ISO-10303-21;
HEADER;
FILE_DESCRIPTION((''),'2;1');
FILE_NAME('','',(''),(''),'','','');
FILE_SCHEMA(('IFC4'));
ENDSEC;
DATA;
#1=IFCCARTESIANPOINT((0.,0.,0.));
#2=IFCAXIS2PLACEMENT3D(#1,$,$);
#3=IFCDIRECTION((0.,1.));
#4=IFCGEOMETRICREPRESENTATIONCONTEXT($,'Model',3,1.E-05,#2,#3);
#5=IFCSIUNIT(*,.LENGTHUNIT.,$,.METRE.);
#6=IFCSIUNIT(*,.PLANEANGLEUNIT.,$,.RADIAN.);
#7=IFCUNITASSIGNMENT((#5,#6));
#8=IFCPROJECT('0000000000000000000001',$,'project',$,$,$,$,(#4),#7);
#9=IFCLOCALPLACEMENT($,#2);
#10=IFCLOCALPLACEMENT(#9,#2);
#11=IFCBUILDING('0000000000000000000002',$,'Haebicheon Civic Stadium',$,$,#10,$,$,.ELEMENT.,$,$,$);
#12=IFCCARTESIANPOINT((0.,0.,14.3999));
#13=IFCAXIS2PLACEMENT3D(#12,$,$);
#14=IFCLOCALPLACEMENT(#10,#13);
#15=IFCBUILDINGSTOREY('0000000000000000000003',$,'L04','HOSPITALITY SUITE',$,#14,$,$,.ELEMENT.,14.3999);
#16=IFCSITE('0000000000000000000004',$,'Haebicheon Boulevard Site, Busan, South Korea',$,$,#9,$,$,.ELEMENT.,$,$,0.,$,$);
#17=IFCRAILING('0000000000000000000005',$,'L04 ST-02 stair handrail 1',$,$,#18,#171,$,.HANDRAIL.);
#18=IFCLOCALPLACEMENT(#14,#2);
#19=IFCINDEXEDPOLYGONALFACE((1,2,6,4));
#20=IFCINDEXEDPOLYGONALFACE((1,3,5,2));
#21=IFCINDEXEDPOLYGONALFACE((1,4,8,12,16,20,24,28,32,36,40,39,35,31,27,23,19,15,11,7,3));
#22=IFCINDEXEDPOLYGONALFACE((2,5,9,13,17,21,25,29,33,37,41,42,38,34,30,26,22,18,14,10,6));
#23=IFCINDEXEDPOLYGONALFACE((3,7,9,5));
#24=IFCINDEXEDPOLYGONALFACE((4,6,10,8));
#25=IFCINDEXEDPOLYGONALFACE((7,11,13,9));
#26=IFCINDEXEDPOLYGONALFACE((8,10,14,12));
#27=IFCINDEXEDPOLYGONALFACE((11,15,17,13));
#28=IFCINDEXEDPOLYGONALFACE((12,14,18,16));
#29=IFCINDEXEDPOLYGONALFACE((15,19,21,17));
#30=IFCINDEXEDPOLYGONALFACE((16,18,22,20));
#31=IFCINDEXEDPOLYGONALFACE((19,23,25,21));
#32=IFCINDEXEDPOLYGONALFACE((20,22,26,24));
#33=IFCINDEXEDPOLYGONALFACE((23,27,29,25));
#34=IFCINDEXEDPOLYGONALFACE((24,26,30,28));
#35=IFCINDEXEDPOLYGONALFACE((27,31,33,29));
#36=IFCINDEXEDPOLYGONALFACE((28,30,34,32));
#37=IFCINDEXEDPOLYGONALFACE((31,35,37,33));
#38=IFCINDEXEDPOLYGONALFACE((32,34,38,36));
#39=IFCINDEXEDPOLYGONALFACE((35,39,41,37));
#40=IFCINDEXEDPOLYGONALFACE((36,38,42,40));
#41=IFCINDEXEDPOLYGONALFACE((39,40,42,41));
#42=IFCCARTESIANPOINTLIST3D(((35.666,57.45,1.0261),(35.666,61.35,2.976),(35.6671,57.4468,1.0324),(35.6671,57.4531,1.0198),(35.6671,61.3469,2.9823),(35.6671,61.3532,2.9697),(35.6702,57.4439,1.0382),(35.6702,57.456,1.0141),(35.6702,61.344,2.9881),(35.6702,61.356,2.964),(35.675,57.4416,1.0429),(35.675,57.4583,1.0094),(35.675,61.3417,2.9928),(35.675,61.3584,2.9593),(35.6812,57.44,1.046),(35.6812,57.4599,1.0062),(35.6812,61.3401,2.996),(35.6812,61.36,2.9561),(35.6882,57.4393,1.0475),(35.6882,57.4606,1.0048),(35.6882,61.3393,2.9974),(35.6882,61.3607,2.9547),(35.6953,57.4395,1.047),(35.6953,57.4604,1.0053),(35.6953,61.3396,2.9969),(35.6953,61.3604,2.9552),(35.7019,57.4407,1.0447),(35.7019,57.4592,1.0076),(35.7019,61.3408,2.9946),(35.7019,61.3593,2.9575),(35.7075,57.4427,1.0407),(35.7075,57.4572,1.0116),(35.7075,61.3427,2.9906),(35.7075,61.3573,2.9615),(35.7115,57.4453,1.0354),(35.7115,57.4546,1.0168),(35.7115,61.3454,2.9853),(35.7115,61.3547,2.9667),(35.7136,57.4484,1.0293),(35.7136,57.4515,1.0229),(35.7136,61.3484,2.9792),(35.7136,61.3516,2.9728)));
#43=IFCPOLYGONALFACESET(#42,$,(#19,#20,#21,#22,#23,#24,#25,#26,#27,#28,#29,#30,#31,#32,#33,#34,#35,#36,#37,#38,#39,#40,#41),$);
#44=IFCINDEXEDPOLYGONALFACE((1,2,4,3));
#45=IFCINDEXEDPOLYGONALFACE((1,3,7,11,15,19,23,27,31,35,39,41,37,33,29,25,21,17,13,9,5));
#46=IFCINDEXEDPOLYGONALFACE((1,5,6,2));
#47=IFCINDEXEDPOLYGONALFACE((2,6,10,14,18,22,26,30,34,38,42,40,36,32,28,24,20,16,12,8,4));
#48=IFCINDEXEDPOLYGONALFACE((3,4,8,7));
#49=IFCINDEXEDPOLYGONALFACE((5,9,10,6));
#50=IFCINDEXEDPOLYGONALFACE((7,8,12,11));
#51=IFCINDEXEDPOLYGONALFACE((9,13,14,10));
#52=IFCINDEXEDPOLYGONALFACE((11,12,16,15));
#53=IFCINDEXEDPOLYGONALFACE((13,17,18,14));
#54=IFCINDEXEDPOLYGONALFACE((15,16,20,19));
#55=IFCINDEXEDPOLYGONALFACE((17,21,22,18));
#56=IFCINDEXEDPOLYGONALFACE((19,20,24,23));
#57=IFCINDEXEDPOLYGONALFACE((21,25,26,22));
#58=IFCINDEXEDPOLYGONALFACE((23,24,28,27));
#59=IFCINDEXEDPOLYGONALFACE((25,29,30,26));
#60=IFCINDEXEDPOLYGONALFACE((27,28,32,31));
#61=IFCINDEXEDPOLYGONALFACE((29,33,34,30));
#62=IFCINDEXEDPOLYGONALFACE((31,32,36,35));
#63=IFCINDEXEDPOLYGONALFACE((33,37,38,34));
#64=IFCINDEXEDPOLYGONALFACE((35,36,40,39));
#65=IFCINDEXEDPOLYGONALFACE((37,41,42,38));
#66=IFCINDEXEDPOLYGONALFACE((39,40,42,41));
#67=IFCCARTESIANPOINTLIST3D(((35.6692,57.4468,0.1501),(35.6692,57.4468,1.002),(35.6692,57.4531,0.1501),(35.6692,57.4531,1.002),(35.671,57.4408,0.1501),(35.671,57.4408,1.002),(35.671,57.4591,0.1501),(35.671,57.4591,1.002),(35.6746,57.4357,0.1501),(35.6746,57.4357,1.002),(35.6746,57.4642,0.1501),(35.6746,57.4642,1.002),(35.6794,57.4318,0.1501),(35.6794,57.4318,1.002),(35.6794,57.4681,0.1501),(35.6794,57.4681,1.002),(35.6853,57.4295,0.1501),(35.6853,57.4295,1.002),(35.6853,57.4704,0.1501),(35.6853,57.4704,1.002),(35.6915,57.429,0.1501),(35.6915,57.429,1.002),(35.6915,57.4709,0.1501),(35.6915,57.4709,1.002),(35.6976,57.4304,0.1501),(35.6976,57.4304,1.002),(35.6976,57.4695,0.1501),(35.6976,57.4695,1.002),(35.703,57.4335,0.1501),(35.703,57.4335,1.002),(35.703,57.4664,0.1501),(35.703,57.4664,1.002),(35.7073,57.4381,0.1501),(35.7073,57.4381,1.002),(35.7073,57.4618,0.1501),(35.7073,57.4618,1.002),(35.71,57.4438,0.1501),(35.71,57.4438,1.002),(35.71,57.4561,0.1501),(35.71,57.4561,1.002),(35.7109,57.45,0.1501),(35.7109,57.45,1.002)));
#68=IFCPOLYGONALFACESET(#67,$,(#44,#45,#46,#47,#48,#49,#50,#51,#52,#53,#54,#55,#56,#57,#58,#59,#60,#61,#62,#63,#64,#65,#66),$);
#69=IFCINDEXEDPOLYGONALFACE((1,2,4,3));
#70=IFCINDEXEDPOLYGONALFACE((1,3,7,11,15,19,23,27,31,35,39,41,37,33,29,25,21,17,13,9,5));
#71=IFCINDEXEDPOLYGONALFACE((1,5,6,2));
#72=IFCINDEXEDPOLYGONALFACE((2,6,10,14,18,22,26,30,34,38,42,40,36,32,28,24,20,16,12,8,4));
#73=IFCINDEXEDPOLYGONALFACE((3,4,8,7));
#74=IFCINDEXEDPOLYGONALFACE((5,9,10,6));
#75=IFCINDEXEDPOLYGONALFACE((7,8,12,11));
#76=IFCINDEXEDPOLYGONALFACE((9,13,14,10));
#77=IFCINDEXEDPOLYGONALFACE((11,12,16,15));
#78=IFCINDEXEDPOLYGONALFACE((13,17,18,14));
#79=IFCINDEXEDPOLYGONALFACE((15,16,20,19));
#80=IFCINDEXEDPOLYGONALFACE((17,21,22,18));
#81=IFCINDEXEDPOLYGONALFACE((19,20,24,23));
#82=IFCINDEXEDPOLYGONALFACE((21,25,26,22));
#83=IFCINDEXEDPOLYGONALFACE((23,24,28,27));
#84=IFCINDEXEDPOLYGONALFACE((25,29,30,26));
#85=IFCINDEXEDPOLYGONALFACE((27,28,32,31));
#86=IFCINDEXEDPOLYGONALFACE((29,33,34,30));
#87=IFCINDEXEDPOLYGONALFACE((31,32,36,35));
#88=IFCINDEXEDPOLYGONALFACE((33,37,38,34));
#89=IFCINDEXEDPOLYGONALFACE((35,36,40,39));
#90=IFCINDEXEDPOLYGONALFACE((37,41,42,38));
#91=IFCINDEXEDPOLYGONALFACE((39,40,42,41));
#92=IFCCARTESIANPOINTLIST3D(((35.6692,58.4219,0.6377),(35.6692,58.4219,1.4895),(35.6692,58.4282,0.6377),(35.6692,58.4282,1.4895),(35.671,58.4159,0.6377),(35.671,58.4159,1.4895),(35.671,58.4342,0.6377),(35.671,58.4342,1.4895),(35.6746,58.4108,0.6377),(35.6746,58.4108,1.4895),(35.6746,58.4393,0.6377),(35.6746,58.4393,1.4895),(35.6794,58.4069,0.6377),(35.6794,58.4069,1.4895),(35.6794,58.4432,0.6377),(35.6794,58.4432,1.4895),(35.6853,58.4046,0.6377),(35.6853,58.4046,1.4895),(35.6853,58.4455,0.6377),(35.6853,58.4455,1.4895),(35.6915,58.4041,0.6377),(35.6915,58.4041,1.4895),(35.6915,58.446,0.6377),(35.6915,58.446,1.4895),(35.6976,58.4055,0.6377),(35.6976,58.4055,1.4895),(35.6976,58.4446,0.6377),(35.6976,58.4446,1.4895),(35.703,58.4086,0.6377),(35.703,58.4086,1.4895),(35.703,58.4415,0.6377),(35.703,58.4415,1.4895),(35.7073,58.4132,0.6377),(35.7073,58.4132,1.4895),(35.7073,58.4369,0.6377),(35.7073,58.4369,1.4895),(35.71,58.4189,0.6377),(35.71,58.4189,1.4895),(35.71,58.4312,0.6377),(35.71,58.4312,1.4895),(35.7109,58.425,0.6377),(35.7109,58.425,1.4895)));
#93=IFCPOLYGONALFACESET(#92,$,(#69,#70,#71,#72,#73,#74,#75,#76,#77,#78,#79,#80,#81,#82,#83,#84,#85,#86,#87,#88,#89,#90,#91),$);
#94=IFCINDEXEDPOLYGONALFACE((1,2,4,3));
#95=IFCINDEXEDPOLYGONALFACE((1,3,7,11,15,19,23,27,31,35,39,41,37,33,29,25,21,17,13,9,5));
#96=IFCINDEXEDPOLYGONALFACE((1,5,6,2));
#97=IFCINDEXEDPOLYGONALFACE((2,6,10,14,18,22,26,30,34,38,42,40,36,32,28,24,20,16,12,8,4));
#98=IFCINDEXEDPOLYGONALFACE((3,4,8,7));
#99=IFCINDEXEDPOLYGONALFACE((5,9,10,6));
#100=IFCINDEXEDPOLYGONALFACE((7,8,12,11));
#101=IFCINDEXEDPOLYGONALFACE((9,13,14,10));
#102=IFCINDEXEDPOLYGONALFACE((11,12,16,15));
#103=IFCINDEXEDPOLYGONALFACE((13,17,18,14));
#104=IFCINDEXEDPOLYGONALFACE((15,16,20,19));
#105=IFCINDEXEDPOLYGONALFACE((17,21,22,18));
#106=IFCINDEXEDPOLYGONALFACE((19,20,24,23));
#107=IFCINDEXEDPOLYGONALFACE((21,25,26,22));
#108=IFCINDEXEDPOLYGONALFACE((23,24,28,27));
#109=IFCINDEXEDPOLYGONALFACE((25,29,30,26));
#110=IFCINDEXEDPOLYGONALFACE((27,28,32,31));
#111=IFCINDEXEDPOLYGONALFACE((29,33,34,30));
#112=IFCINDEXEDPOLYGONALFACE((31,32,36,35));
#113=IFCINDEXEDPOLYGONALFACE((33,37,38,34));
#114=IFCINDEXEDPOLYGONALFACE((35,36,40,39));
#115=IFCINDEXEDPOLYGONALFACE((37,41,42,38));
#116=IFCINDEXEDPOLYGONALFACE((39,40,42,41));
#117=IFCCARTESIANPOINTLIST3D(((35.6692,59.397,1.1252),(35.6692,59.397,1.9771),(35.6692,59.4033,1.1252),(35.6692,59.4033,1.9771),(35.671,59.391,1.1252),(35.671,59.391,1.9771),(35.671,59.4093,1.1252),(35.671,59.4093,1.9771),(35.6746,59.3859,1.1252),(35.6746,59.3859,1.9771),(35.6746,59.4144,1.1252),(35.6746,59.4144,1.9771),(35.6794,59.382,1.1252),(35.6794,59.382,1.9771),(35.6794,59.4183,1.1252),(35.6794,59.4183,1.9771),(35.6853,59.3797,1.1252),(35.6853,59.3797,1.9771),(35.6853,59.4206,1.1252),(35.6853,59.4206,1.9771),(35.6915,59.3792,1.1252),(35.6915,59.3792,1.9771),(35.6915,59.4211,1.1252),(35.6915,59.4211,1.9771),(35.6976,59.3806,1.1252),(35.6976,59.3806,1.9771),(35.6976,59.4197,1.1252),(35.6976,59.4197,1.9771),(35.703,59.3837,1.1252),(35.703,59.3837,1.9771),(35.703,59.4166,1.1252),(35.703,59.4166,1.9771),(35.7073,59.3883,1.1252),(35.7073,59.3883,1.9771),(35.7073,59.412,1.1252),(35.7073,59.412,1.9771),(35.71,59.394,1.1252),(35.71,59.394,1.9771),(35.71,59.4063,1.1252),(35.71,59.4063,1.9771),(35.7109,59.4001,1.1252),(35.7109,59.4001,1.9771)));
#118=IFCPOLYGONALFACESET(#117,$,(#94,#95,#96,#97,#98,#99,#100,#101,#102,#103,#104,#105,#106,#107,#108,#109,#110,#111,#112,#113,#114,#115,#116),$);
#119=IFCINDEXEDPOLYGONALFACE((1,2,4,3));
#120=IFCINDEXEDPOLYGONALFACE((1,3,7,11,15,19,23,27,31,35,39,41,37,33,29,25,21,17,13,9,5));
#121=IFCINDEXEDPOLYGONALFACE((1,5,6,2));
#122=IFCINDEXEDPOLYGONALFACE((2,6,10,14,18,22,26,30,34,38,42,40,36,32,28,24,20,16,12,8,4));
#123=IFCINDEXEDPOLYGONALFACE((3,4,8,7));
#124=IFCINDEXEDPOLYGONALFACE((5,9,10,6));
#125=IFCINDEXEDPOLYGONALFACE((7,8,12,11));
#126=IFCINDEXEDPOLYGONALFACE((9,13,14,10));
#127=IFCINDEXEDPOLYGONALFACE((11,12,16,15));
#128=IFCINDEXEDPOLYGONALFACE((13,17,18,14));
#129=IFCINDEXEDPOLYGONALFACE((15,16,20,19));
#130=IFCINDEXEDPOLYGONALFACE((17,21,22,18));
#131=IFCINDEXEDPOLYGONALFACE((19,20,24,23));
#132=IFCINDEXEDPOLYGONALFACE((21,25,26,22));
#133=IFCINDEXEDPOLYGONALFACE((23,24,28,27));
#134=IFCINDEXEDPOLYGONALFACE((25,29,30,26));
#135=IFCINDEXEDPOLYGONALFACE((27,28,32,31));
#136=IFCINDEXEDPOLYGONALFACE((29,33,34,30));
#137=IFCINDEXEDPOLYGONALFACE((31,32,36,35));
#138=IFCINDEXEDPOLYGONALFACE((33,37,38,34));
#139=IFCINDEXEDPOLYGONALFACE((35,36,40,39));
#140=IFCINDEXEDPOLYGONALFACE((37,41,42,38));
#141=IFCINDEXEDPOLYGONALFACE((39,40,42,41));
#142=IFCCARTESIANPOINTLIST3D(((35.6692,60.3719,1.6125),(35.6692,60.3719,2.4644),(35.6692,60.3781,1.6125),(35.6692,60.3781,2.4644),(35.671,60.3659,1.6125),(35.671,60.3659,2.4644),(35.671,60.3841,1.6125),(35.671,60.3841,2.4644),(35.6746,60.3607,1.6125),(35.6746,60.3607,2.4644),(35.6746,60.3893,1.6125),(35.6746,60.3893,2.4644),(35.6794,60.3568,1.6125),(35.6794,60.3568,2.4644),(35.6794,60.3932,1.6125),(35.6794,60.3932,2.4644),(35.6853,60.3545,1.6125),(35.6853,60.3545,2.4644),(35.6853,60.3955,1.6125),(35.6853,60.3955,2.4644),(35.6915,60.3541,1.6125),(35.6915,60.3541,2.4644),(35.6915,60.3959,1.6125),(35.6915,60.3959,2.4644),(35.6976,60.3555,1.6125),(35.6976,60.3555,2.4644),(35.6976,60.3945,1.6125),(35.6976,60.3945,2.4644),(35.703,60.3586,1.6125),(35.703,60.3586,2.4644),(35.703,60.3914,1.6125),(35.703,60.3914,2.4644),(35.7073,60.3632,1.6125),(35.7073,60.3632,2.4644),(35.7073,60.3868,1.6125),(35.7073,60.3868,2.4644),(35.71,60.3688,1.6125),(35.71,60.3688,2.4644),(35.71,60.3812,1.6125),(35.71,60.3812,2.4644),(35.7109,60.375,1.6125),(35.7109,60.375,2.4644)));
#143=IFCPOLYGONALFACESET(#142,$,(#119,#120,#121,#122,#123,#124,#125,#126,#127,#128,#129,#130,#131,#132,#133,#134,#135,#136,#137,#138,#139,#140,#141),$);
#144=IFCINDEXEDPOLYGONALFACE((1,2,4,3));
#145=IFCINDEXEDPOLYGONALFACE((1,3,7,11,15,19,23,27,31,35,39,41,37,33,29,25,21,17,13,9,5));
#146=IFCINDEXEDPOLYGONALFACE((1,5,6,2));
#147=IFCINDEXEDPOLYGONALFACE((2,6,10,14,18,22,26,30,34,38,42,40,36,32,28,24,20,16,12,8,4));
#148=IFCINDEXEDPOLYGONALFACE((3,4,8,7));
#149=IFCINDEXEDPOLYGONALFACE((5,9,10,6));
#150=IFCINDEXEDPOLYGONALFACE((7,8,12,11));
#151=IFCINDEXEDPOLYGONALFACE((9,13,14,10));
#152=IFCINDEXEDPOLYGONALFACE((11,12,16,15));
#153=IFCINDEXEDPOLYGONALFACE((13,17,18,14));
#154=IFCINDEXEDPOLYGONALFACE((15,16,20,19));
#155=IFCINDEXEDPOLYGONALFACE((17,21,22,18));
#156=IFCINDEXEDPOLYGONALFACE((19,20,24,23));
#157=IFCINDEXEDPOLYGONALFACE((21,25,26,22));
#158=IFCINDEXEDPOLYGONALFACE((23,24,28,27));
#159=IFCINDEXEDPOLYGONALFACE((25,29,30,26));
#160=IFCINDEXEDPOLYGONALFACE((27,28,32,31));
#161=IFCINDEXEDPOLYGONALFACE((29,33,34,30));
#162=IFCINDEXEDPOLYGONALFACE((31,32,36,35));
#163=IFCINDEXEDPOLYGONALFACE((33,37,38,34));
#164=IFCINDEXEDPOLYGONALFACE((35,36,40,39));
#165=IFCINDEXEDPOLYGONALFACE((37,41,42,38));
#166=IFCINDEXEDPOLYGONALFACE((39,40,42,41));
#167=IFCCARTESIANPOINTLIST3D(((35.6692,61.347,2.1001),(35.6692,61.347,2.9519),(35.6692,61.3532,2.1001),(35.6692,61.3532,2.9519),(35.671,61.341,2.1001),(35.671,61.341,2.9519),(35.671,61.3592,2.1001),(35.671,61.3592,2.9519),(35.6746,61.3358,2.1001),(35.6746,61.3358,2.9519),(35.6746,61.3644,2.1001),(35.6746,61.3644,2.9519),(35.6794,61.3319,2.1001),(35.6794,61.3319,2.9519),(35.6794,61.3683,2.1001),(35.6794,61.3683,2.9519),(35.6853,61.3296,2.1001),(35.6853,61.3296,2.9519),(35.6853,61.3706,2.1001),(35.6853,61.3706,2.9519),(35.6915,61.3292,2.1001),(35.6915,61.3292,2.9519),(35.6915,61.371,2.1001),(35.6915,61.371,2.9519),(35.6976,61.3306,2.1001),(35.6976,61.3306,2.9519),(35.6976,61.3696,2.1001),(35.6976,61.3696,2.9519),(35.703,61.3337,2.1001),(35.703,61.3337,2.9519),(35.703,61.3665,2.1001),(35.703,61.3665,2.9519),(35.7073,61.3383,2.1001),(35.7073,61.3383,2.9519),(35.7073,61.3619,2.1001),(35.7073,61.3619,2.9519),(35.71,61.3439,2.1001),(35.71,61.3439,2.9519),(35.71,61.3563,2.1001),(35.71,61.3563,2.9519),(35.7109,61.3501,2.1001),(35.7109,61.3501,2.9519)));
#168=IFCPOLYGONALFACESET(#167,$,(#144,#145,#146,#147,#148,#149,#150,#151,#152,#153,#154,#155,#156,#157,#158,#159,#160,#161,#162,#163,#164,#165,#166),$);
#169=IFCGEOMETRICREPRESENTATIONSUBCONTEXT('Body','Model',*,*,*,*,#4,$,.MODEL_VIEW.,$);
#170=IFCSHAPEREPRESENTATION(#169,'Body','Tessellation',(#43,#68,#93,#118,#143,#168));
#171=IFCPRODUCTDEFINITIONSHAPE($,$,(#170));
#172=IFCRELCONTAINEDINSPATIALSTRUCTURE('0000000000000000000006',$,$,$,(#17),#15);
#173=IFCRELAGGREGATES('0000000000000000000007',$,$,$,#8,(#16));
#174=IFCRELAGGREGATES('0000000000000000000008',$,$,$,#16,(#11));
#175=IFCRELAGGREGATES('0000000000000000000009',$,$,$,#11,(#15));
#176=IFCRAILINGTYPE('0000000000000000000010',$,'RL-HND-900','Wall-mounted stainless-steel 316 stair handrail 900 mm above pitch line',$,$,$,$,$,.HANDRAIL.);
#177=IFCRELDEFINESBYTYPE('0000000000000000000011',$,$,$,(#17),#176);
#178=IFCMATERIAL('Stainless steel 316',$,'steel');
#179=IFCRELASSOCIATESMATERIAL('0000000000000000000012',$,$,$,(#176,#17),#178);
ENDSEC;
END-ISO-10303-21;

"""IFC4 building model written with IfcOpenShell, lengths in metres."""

from ifc_helpers import new_model, si_unit, direction, frame, origin, origin_2d, place, context, subcontext, project, spatial, circle, extrude, material, type_object, element, save


model = new_model("IFC4")

# Units and contexts
model_context = context("Model", 3, precision=1e-05, world=origin(), true_north=direction((0.0, 1.0)))
body_context = subcontext(model_context, "Body", "Model", "MODEL_VIEW")
ifc_project = project(units=[si_unit("LENGTHUNIT", "METRE"), si_unit("PLANEANGLEUNIT", "RADIAN")], contexts=[model_context])

# Site, building, storey
site_placement = place(None, origin())
site = spatial("IfcSite", under=ifc_project, at=site_placement, Name="Haebicheon Boulevard Site, Busan, South Korea", CompositionType="ELEMENT", RefElevation=0.0)
building_placement = place(site_placement, origin())
building = spatial("IfcBuilding", under=site, at=building_placement, Name="Haebicheon Civic Stadium", CompositionType="ELEMENT")
storey_placement = place(building_placement, frame((0.0, 0.0, 14.3999)))
storey = spatial("IfcBuildingStorey", under=building, at=storey_placement, Name="L04", Description="HOSPITALITY SUITE", CompositionType="ELEMENT", Elevation=14.3999)

# Railing
ifc_material_1 = material(Name="Stainless steel 316", Category="steel")
railing_type_1 = type_object("IfcRailingType", Name="RL-HND-900", Description="Wall-mounted stainless-steel 316 stair handrail 900 mm above pitch line", PredefinedType="HANDRAIL", material=ifc_material_1)
railing_1_placement = place(storey_placement, frame((35.6899, 57.45, 0.1501)))
element("IfcRailing", 1, at=railing_1_placement, inside=storey, type_object=railing_type_1, material=ifc_material_1, Name="L04 ST-02 stair handrail 1", PredefinedType="HANDRAIL", context=body_context, shape_type="SweptSolid", body=[
    extrude(circle(Radius=0.0239, at=origin_2d()), frame((0.0, 0.0, 0.876), z_axis=(0.0, 0.894438, 0.447191), x_axis=(-1.0, 0.0, 0.0)), (0.0, 0.0, 1.0), 4.3604),
    extrude(circle(Radius=0.021, at=origin_2d()), origin(), (0.0, 0.0, 1.0), 0.8518),
    extrude(circle(Radius=0.021, at=origin_2d()), frame((0.0, 0.9751, 0.4875)), (0.0, 0.0, 1.0), 0.8518),
    extrude(circle(Radius=0.021, at=origin_2d()), frame((0.0, 1.9502, 0.9751)), (0.0, 0.0, 1.0), 0.8518),
    extrude(circle(Radius=0.021, at=origin_2d()), frame((0.0, 2.925, 1.4624)), (0.0, 0.0, 1.0), 0.8518),
    extrude(circle(Radius=0.021, at=origin_2d()), frame((0.0, 3.9001, 1.95)), (0.0, 0.0, 1.0), 0.8518),
])

save(model, "model.ifc")
